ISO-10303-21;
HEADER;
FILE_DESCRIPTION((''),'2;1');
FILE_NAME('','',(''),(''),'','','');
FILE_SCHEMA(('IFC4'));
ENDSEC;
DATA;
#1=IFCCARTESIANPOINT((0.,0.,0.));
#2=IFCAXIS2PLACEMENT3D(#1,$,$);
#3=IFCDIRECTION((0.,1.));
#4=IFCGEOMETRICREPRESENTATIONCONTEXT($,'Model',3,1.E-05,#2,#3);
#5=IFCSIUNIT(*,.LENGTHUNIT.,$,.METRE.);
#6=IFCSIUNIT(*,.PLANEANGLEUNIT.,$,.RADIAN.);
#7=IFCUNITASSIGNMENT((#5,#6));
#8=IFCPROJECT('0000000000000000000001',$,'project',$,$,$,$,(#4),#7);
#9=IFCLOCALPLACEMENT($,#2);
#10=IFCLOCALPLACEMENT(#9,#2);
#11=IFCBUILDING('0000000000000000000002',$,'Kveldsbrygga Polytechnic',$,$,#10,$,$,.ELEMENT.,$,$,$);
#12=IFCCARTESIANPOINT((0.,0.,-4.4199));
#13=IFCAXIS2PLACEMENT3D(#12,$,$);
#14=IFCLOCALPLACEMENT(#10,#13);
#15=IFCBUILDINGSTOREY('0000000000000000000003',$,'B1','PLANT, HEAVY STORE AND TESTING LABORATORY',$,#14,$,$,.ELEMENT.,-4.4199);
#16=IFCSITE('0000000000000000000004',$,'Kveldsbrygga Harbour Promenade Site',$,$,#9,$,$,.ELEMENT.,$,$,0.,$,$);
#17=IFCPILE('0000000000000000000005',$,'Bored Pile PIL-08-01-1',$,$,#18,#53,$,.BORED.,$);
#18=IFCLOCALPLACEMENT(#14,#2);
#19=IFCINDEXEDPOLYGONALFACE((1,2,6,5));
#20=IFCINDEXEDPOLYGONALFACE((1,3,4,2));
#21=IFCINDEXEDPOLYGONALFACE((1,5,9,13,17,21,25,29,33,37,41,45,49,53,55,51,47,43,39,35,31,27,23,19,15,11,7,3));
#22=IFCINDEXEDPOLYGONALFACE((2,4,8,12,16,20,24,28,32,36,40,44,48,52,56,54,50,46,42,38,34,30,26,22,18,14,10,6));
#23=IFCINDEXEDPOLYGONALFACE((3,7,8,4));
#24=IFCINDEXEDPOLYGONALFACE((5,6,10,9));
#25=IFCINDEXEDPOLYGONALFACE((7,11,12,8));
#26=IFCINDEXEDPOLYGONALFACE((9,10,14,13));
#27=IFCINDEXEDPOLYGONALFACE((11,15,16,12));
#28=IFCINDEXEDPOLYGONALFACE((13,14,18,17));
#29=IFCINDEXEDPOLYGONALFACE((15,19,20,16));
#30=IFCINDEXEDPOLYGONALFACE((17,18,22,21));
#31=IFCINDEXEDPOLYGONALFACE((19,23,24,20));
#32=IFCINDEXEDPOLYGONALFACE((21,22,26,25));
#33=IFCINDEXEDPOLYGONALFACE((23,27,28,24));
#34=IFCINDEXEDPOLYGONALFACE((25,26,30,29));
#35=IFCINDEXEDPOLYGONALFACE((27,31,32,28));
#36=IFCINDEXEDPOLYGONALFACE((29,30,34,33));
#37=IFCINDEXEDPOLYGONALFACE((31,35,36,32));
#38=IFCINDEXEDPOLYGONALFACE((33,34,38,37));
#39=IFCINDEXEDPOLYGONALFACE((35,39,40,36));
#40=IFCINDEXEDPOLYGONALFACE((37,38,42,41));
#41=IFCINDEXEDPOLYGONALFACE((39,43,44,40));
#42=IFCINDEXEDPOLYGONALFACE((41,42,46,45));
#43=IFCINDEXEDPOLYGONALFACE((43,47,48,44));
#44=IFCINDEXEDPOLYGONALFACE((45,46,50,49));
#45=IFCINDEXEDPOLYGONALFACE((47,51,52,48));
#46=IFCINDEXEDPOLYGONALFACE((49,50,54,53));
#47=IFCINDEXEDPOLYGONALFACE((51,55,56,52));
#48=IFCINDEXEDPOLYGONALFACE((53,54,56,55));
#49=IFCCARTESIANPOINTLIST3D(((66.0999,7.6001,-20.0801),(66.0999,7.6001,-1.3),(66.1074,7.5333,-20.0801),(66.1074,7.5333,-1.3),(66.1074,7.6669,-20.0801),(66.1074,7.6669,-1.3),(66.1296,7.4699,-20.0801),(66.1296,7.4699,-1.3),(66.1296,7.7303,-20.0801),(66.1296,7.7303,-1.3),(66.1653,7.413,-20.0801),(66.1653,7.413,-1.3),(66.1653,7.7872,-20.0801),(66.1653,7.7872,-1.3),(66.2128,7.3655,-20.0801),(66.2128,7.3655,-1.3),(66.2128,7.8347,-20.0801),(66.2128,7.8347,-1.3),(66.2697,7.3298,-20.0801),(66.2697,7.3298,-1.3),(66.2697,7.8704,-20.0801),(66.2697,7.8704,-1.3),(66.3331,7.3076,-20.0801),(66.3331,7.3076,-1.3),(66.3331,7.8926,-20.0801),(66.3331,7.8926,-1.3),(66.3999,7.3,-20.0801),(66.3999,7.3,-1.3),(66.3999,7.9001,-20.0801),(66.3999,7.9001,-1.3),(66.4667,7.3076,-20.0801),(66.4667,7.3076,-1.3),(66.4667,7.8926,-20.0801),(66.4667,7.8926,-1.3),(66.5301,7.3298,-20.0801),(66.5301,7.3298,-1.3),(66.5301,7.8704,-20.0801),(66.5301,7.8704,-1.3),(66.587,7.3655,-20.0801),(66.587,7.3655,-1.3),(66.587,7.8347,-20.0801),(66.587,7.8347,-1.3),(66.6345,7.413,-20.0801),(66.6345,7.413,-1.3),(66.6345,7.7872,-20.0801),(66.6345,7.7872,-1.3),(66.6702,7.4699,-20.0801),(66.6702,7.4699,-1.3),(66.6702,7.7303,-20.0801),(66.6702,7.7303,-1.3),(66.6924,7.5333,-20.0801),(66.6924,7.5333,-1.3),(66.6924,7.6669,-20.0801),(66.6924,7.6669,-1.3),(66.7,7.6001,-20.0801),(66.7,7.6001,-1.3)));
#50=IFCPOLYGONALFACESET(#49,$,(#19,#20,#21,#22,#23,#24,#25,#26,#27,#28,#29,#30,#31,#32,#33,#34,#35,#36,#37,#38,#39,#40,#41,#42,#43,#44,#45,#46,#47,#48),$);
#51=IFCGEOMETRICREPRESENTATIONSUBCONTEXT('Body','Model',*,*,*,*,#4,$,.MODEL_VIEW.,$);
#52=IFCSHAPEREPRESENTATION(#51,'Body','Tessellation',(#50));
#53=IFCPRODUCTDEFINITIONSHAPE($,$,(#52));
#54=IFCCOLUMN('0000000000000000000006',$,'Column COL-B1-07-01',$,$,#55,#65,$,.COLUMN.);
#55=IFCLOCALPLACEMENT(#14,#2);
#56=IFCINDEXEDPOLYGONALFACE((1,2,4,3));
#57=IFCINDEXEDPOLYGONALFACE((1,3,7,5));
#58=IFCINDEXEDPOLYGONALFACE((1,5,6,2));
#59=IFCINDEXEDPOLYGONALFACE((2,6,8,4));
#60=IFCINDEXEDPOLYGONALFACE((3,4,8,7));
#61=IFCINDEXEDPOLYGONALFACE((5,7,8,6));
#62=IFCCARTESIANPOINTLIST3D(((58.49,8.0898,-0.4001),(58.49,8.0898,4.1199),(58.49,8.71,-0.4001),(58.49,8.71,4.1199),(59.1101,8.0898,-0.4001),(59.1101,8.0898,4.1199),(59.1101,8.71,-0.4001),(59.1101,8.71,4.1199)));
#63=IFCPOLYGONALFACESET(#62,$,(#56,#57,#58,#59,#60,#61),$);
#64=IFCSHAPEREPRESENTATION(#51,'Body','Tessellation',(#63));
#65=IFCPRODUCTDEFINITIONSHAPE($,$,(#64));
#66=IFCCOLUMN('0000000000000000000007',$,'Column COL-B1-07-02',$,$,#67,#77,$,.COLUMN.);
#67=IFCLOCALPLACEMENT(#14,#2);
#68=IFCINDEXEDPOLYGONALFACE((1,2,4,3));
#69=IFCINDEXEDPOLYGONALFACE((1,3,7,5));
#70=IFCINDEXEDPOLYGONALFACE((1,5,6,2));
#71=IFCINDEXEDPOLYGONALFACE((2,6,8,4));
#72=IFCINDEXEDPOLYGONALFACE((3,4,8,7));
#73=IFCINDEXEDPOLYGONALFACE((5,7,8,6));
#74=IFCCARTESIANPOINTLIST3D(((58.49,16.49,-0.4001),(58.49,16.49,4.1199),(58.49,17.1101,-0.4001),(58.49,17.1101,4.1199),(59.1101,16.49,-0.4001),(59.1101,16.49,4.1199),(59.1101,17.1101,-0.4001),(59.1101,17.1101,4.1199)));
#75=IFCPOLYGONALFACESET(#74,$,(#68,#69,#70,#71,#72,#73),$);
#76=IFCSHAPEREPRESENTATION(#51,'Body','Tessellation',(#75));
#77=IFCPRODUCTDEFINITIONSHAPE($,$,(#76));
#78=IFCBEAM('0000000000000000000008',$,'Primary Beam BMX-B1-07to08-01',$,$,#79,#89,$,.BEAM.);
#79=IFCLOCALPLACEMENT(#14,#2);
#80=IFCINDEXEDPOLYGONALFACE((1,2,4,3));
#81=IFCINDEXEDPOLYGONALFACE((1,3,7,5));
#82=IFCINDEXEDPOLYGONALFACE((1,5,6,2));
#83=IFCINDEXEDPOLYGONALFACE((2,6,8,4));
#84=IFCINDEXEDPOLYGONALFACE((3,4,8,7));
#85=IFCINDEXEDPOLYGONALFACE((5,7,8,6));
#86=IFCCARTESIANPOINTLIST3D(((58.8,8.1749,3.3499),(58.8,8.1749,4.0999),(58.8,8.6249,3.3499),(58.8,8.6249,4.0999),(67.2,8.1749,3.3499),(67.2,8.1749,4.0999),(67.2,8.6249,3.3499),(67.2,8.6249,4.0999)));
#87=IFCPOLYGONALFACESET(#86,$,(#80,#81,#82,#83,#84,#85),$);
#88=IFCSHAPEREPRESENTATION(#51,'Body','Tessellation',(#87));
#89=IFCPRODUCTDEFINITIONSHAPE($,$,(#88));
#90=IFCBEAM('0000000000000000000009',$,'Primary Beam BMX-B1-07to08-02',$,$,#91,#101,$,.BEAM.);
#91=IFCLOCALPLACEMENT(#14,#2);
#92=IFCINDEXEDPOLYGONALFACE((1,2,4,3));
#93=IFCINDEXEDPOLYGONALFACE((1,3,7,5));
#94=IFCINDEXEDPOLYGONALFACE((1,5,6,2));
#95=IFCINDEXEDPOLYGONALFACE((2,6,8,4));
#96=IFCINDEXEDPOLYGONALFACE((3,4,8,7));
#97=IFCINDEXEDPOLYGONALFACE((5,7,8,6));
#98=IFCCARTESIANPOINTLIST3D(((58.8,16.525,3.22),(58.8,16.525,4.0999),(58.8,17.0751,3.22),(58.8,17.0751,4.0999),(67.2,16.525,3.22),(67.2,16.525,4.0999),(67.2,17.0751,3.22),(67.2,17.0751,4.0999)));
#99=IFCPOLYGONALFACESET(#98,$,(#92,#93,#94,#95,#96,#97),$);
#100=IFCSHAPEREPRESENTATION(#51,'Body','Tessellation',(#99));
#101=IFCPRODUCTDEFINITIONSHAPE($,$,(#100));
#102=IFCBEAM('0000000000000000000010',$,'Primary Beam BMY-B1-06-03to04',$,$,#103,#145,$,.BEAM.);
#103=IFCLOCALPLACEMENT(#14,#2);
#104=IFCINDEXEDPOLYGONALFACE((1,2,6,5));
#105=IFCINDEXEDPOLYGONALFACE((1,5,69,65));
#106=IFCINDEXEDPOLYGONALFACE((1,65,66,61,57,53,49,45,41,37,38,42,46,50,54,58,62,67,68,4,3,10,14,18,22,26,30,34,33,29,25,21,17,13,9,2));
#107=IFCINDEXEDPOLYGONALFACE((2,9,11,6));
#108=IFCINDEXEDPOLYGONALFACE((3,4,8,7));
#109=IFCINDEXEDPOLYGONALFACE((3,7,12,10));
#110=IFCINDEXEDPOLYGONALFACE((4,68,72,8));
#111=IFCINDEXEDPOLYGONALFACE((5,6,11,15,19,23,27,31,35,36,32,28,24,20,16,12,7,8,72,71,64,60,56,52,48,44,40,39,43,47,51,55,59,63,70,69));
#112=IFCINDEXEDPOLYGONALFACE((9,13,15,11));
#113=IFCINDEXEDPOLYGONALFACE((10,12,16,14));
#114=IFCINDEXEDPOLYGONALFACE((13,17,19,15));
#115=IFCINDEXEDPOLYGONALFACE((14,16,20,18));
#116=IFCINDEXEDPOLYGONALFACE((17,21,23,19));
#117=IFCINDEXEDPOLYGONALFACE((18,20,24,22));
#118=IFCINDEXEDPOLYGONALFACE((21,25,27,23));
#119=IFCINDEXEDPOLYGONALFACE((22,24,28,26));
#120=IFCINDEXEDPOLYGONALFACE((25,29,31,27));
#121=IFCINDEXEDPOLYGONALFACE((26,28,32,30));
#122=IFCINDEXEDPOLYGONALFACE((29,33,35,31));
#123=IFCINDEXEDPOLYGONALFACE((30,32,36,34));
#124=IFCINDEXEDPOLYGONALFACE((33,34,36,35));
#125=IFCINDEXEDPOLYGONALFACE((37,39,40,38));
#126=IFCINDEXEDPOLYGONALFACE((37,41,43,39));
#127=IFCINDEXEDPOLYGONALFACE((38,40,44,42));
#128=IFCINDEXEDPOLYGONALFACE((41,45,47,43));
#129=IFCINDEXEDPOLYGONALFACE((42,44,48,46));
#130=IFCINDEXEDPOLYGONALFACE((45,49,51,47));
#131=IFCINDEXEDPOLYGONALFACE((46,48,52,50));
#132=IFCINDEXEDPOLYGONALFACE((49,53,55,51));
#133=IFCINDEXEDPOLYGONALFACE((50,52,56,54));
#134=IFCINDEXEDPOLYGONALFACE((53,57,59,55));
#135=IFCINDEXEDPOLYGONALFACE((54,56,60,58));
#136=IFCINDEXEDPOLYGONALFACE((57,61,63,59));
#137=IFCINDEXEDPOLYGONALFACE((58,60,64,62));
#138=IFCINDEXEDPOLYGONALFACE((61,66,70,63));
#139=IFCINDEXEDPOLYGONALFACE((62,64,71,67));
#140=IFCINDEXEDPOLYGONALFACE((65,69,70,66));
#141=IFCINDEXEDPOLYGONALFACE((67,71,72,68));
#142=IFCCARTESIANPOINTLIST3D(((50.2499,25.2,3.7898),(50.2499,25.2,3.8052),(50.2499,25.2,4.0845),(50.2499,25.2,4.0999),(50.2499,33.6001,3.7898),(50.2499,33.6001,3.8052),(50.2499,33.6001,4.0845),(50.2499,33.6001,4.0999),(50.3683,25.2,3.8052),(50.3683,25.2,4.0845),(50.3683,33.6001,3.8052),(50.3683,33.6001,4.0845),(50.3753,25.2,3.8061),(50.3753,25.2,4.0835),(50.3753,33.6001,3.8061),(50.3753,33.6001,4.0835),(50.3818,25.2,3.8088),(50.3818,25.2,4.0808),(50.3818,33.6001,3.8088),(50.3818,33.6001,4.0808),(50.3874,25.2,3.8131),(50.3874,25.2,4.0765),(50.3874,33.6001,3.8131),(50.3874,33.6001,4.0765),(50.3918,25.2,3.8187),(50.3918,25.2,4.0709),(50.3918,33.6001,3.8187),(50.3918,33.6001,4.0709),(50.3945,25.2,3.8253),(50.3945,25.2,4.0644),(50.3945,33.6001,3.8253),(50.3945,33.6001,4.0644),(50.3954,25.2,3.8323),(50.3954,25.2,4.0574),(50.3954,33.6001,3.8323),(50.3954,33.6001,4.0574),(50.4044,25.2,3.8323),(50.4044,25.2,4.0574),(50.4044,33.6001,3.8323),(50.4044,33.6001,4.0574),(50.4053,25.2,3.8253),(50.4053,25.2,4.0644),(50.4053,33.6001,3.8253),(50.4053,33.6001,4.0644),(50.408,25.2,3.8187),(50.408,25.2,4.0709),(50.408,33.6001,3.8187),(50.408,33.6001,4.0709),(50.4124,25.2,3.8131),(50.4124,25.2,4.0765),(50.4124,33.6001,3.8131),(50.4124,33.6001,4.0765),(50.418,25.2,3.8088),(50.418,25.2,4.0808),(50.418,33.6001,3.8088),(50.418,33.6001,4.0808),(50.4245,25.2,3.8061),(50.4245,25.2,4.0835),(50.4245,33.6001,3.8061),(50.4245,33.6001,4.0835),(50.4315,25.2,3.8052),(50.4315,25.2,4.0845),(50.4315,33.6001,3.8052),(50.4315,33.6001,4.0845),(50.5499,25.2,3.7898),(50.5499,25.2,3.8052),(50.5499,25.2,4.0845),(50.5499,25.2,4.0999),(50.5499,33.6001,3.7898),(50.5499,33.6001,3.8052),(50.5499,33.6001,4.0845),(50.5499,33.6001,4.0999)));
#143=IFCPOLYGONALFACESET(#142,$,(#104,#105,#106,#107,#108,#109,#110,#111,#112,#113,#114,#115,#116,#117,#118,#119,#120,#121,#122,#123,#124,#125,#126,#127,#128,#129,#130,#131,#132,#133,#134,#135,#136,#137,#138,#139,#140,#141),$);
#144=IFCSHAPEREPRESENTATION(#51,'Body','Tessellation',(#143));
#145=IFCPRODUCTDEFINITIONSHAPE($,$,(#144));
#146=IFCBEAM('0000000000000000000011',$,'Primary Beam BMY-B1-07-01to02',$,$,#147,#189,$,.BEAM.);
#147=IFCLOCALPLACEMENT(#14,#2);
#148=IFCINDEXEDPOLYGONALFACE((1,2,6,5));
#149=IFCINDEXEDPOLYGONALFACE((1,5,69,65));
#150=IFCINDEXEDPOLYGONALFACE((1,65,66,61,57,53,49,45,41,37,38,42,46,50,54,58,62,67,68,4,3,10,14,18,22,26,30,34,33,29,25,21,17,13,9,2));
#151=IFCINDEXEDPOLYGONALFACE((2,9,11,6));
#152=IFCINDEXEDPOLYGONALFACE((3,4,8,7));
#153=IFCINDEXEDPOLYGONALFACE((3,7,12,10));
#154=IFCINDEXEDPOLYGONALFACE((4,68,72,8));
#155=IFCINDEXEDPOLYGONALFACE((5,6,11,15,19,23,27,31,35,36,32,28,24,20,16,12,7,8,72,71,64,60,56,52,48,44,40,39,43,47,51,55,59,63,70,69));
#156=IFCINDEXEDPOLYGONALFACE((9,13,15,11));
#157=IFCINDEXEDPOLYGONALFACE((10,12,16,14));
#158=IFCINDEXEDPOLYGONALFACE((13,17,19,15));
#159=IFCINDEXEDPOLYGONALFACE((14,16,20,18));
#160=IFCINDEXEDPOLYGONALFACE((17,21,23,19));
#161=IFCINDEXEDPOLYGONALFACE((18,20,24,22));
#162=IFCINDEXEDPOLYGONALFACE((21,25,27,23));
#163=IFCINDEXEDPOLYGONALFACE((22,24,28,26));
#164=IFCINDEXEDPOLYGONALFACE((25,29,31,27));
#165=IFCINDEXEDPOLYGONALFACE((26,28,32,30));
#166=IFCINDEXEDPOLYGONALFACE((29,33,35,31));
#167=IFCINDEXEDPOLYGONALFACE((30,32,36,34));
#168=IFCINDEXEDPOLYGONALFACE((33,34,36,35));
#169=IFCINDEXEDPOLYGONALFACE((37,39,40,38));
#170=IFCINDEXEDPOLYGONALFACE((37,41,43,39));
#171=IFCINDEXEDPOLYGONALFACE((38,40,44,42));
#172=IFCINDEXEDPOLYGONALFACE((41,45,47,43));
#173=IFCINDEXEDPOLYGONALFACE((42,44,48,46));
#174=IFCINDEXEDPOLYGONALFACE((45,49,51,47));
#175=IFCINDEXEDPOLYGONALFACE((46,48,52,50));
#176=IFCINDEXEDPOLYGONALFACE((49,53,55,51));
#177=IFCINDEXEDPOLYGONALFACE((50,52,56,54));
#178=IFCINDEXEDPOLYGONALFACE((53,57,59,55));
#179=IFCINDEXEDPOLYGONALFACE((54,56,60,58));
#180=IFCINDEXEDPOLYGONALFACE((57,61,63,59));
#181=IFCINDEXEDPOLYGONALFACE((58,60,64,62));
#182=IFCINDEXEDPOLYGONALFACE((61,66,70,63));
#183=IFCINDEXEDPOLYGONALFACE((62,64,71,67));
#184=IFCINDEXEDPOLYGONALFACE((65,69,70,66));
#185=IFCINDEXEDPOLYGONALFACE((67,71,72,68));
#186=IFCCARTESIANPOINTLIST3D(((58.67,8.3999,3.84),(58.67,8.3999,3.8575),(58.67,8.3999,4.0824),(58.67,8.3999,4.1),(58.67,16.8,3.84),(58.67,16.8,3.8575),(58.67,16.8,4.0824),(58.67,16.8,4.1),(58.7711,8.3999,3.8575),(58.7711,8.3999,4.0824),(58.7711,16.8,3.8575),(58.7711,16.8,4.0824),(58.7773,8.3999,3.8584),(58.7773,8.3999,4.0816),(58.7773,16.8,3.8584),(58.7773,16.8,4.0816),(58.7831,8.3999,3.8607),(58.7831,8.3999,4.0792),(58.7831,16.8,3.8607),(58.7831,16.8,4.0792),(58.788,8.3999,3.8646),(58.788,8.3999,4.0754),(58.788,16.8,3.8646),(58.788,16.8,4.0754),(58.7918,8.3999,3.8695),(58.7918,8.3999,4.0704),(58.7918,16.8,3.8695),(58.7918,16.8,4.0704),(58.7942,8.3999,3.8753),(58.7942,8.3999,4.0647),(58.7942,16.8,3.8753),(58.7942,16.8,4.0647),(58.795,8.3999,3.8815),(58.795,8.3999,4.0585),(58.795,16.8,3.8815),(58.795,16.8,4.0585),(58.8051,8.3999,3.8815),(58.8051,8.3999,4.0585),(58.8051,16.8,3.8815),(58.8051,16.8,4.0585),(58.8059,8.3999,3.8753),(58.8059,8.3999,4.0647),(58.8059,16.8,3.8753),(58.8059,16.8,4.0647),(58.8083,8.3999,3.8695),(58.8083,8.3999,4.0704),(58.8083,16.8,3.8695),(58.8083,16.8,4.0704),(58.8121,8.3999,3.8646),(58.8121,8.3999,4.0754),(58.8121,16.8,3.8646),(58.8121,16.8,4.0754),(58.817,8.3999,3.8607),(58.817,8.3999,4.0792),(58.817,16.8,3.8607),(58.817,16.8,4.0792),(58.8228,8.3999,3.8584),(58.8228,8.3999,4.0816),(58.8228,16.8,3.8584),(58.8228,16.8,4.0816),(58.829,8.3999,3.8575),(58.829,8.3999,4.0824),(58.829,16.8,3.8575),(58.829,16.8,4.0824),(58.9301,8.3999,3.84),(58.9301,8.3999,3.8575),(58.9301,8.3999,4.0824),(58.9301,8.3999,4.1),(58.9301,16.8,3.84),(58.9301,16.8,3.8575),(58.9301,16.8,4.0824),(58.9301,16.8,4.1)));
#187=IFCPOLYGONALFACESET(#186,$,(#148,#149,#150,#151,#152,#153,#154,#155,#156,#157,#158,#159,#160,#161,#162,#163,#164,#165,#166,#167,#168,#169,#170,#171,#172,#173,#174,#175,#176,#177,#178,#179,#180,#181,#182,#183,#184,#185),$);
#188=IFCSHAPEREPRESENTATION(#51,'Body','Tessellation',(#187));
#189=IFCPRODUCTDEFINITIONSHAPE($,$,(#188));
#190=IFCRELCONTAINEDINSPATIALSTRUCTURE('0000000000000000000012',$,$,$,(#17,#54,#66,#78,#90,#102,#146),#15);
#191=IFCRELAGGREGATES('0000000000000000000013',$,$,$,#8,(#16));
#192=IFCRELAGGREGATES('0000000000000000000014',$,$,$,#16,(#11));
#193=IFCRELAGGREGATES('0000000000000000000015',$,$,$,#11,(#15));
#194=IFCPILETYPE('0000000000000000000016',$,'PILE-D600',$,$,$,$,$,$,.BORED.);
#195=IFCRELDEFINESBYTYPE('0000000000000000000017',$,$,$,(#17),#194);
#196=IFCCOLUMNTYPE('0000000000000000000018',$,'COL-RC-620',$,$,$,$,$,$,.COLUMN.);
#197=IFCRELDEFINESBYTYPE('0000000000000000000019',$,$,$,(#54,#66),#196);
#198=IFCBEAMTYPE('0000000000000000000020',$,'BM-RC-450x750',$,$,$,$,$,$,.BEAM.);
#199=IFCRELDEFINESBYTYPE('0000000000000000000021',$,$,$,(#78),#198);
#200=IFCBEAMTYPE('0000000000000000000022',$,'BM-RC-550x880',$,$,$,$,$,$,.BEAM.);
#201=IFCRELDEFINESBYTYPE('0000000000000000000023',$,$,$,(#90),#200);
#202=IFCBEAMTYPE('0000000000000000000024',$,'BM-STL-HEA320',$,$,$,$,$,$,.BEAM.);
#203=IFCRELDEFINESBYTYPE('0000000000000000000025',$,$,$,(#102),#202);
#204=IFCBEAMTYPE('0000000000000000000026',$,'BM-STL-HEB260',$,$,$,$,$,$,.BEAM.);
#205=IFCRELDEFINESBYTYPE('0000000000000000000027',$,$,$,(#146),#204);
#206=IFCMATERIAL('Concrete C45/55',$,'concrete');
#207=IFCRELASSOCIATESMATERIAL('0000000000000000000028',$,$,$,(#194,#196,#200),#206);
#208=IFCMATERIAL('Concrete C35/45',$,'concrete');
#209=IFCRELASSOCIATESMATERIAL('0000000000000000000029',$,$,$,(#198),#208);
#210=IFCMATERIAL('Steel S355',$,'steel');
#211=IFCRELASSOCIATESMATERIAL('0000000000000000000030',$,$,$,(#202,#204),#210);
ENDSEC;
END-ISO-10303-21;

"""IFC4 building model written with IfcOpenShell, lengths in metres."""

from ifc_helpers import new_model, si_unit, direction, frame, origin, origin_2d, place, context, subcontext, project, spatial, rectangle, circle, i_section, extrude, material, material_profile, profile_set, type_object, element, save


model = new_model("IFC4")

# Units and contexts
model_context = context("Model", 3, precision=1e-05, world=origin(), true_north=direction((0.0, 1.0)))
body_context = subcontext(model_context, "Body", "Model", "MODEL_VIEW")
ifc_project = project(units=[si_unit("LENGTHUNIT", "METRE"), si_unit("PLANEANGLEUNIT", "RADIAN")], contexts=[model_context])

# Site, building, storey
site_placement = place(None, origin())
site = spatial("IfcSite", under=ifc_project, at=site_placement, Name="Kveldsbrygga Harbour Promenade Site", CompositionType="ELEMENT", RefElevation=0.0)
building_placement = place(site_placement, origin())
building = spatial("IfcBuilding", under=site, at=building_placement, Name="Kveldsbrygga Polytechnic", CompositionType="ELEMENT")
storey_placement = place(building_placement, frame((0.0, 0.0, -4.4199)))
storey = spatial("IfcBuildingStorey", under=building, at=storey_placement, Name="B1", Description="PLANT, HEAVY STORE AND TESTING LABORATORY", CompositionType="ELEMENT", Elevation=-4.4199)

# Shared definitions
ifc_material_1 = material(Name="Concrete C45/55", Category="concrete")
ifc_material_2 = material(Name="Concrete C35/45", Category="concrete")

# Pile
ifc_material_profile_1 = material_profile(ifc_material_1, circle(Radius=0.3, at=origin_2d()), Name="PILE D600")
ifc_profile_set_1 = profile_set([ifc_material_profile_1], Name="Concrete C45/55")
pile_type = type_object("IfcPileType", Name="PILE-D600", PredefinedType="BORED", material=ifc_profile_set_1)
pile_1_placement = place(storey_placement, frame((66.3999, 7.6001, -1.3), z_axis=(0.0, 0.0, -1.0), x_axis=(1.0, 0.0, 0.0)))
element("IfcPile", 1, at=pile_1_placement, inside=storey, type_object=pile_type, Name="Bored Pile PIL-08-01-1", PredefinedType="BORED", context=body_context, shape_type="SweptSolid", body=[
    extrude(circle(Radius=0.3, at=origin_2d()), origin(), (0.0, 0.0, 1.0), 18.78),
])

# Columns
ifc_material_profile_2 = material_profile(ifc_material_1, rectangle(XDim=0.6201, YDim=0.6201, at=origin_2d()), Name="RC 620x620")
ifc_profile_set_2 = profile_set([ifc_material_profile_2], Name="Concrete C45/55")
column_type = type_object("IfcColumnType", Name="COL-RC-620", PredefinedType="COLUMN", material=ifc_profile_set_2)
for number, where, z_axis, x_axis, name in (
    (2, (58.8, 8.3999, -0.4001), (0.0, 0.0, 1.0), (1.0, 0.0, 0.0), "Column COL-B1-07-01"),
    (3, (58.8, 16.8, -0.4001), (0.0, 0.0, 1.0), (1.0, 0.0, 0.0), "Column COL-B1-07-02"),
):
    element("IfcColumn", number, at=place(storey_placement, frame(where, z_axis=z_axis, x_axis=x_axis)), inside=storey, type_object=column_type, Name=name, PredefinedType="COLUMN", context=body_context, shape_type="SweptSolid", body=[
        extrude(rectangle(XDim=0.6201, YDim=0.6201, at=origin_2d()), origin(), (0.0, 0.0, 1.0), 4.52),
    ])

# Beams
ifc_material_profile_3 = material_profile(ifc_material_2, rectangle(XDim=0.45, YDim=0.75, at=origin_2d()), Name="RC 450x750")
ifc_profile_set_3 = profile_set([ifc_material_profile_3], Name="Concrete C35/45")
beam_type_1 = type_object("IfcBeamType", Name="BM-RC-450x750", PredefinedType="BEAM", material=ifc_profile_set_3)
beam_1_placement = place(storey_placement, frame((58.8, 8.3999, 3.7249), z_axis=(1.0, 0.0, 0.0), x_axis=(0.0, 1.0, 0.0)))
element("IfcBeam", 4, at=beam_1_placement, inside=storey, type_object=beam_type_1, Name="Primary Beam BMX-B1-07to08-01", PredefinedType="BEAM", context=body_context, shape_type="SweptSolid", body=[
    extrude(rectangle(XDim=0.45, YDim=0.75, at=origin_2d()), origin(), (0.0, 0.0, 1.0), 8.3999),
])
ifc_material_profile_4 = material_profile(ifc_material_1, rectangle(XDim=0.55, YDim=0.8799, at=origin_2d()), Name="RC 550x880")
ifc_profile_set_4 = profile_set([ifc_material_profile_4], Name="Concrete C45/55")
beam_type_2 = type_object("IfcBeamType", Name="BM-RC-550x880", PredefinedType="BEAM", material=ifc_profile_set_4)
beam_2_placement = place(storey_placement, frame((58.8, 16.8, 3.6599), z_axis=(1.0, 0.0, 0.0), x_axis=(0.0, 1.0, 0.0)))
element("IfcBeam", 5, at=beam_2_placement, inside=storey, type_object=beam_type_2, Name="Primary Beam BMX-B1-07to08-02", PredefinedType="BEAM", context=body_context, shape_type="SweptSolid", body=[
    extrude(rectangle(XDim=0.55, YDim=0.8799, at=origin_2d()), origin(), (0.0, 0.0, 1.0), 8.3999),
])
ifc_material_3 = material(Name="Steel S355", Category="steel")
ifc_material_profile_5 = material_profile(ifc_material_3, i_section(OverallWidth=0.3, OverallDepth=0.3101, WebThickness=0.009, FlangeThickness=0.0154, FilletRadius=0.0271, at=origin_2d()), Name="HEA 320")
ifc_profile_set_5 = profile_set([ifc_material_profile_5], Name="Steel S355")
beam_type_3 = type_object("IfcBeamType", Name="BM-STL-HEA320", PredefinedType="BEAM", material=ifc_profile_set_5)
beam_3_placement = place(storey_placement, frame((50.3999, 25.2, 3.9448), z_axis=(0.0, 1.0, 0.0), x_axis=(-1.0, 0.0, 0.0)))
element("IfcBeam", 6, at=beam_3_placement, inside=storey, type_object=beam_type_3, Name="Primary Beam BMY-B1-06-03to04", PredefinedType="BEAM", context=body_context, shape_type="SweptSolid", body=[
    extrude(i_section(OverallWidth=0.3, OverallDepth=0.3101, WebThickness=0.009, FlangeThickness=0.0154, FilletRadius=0.0271, at=origin_2d()), origin(), (0.0, 0.0, 1.0), 8.4001),
])
ifc_material_profile_6 = material_profile(ifc_material_3, i_section(OverallWidth=0.26, OverallDepth=0.26, WebThickness=0.01, FlangeThickness=0.0176, FilletRadius=0.0239, at=origin_2d()), Name="HEB 260")
ifc_profile_set_6 = profile_set([ifc_material_profile_6], Name="Steel S355")
beam_type_4 = type_object("IfcBeamType", Name="BM-STL-HEB260", PredefinedType="BEAM", material=ifc_profile_set_6)
beam_4_placement = place(storey_placement, frame((58.8, 8.3999, 3.97), z_axis=(0.0, 1.0, 0.0), x_axis=(-1.0, 0.0, 0.0)))
element("IfcBeam", 7, at=beam_4_placement, inside=storey, type_object=beam_type_4, Name="Primary Beam BMY-B1-07-01to02", PredefinedType="BEAM", context=body_context, shape_type="SweptSolid", body=[
    extrude(i_section(OverallWidth=0.26, OverallDepth=0.26, WebThickness=0.01, FlangeThickness=0.0176, FilletRadius=0.0239, at=origin_2d()), origin(), (0.0, 0.0, 1.0), 8.4001),
])

save(model, "model.ifc")
